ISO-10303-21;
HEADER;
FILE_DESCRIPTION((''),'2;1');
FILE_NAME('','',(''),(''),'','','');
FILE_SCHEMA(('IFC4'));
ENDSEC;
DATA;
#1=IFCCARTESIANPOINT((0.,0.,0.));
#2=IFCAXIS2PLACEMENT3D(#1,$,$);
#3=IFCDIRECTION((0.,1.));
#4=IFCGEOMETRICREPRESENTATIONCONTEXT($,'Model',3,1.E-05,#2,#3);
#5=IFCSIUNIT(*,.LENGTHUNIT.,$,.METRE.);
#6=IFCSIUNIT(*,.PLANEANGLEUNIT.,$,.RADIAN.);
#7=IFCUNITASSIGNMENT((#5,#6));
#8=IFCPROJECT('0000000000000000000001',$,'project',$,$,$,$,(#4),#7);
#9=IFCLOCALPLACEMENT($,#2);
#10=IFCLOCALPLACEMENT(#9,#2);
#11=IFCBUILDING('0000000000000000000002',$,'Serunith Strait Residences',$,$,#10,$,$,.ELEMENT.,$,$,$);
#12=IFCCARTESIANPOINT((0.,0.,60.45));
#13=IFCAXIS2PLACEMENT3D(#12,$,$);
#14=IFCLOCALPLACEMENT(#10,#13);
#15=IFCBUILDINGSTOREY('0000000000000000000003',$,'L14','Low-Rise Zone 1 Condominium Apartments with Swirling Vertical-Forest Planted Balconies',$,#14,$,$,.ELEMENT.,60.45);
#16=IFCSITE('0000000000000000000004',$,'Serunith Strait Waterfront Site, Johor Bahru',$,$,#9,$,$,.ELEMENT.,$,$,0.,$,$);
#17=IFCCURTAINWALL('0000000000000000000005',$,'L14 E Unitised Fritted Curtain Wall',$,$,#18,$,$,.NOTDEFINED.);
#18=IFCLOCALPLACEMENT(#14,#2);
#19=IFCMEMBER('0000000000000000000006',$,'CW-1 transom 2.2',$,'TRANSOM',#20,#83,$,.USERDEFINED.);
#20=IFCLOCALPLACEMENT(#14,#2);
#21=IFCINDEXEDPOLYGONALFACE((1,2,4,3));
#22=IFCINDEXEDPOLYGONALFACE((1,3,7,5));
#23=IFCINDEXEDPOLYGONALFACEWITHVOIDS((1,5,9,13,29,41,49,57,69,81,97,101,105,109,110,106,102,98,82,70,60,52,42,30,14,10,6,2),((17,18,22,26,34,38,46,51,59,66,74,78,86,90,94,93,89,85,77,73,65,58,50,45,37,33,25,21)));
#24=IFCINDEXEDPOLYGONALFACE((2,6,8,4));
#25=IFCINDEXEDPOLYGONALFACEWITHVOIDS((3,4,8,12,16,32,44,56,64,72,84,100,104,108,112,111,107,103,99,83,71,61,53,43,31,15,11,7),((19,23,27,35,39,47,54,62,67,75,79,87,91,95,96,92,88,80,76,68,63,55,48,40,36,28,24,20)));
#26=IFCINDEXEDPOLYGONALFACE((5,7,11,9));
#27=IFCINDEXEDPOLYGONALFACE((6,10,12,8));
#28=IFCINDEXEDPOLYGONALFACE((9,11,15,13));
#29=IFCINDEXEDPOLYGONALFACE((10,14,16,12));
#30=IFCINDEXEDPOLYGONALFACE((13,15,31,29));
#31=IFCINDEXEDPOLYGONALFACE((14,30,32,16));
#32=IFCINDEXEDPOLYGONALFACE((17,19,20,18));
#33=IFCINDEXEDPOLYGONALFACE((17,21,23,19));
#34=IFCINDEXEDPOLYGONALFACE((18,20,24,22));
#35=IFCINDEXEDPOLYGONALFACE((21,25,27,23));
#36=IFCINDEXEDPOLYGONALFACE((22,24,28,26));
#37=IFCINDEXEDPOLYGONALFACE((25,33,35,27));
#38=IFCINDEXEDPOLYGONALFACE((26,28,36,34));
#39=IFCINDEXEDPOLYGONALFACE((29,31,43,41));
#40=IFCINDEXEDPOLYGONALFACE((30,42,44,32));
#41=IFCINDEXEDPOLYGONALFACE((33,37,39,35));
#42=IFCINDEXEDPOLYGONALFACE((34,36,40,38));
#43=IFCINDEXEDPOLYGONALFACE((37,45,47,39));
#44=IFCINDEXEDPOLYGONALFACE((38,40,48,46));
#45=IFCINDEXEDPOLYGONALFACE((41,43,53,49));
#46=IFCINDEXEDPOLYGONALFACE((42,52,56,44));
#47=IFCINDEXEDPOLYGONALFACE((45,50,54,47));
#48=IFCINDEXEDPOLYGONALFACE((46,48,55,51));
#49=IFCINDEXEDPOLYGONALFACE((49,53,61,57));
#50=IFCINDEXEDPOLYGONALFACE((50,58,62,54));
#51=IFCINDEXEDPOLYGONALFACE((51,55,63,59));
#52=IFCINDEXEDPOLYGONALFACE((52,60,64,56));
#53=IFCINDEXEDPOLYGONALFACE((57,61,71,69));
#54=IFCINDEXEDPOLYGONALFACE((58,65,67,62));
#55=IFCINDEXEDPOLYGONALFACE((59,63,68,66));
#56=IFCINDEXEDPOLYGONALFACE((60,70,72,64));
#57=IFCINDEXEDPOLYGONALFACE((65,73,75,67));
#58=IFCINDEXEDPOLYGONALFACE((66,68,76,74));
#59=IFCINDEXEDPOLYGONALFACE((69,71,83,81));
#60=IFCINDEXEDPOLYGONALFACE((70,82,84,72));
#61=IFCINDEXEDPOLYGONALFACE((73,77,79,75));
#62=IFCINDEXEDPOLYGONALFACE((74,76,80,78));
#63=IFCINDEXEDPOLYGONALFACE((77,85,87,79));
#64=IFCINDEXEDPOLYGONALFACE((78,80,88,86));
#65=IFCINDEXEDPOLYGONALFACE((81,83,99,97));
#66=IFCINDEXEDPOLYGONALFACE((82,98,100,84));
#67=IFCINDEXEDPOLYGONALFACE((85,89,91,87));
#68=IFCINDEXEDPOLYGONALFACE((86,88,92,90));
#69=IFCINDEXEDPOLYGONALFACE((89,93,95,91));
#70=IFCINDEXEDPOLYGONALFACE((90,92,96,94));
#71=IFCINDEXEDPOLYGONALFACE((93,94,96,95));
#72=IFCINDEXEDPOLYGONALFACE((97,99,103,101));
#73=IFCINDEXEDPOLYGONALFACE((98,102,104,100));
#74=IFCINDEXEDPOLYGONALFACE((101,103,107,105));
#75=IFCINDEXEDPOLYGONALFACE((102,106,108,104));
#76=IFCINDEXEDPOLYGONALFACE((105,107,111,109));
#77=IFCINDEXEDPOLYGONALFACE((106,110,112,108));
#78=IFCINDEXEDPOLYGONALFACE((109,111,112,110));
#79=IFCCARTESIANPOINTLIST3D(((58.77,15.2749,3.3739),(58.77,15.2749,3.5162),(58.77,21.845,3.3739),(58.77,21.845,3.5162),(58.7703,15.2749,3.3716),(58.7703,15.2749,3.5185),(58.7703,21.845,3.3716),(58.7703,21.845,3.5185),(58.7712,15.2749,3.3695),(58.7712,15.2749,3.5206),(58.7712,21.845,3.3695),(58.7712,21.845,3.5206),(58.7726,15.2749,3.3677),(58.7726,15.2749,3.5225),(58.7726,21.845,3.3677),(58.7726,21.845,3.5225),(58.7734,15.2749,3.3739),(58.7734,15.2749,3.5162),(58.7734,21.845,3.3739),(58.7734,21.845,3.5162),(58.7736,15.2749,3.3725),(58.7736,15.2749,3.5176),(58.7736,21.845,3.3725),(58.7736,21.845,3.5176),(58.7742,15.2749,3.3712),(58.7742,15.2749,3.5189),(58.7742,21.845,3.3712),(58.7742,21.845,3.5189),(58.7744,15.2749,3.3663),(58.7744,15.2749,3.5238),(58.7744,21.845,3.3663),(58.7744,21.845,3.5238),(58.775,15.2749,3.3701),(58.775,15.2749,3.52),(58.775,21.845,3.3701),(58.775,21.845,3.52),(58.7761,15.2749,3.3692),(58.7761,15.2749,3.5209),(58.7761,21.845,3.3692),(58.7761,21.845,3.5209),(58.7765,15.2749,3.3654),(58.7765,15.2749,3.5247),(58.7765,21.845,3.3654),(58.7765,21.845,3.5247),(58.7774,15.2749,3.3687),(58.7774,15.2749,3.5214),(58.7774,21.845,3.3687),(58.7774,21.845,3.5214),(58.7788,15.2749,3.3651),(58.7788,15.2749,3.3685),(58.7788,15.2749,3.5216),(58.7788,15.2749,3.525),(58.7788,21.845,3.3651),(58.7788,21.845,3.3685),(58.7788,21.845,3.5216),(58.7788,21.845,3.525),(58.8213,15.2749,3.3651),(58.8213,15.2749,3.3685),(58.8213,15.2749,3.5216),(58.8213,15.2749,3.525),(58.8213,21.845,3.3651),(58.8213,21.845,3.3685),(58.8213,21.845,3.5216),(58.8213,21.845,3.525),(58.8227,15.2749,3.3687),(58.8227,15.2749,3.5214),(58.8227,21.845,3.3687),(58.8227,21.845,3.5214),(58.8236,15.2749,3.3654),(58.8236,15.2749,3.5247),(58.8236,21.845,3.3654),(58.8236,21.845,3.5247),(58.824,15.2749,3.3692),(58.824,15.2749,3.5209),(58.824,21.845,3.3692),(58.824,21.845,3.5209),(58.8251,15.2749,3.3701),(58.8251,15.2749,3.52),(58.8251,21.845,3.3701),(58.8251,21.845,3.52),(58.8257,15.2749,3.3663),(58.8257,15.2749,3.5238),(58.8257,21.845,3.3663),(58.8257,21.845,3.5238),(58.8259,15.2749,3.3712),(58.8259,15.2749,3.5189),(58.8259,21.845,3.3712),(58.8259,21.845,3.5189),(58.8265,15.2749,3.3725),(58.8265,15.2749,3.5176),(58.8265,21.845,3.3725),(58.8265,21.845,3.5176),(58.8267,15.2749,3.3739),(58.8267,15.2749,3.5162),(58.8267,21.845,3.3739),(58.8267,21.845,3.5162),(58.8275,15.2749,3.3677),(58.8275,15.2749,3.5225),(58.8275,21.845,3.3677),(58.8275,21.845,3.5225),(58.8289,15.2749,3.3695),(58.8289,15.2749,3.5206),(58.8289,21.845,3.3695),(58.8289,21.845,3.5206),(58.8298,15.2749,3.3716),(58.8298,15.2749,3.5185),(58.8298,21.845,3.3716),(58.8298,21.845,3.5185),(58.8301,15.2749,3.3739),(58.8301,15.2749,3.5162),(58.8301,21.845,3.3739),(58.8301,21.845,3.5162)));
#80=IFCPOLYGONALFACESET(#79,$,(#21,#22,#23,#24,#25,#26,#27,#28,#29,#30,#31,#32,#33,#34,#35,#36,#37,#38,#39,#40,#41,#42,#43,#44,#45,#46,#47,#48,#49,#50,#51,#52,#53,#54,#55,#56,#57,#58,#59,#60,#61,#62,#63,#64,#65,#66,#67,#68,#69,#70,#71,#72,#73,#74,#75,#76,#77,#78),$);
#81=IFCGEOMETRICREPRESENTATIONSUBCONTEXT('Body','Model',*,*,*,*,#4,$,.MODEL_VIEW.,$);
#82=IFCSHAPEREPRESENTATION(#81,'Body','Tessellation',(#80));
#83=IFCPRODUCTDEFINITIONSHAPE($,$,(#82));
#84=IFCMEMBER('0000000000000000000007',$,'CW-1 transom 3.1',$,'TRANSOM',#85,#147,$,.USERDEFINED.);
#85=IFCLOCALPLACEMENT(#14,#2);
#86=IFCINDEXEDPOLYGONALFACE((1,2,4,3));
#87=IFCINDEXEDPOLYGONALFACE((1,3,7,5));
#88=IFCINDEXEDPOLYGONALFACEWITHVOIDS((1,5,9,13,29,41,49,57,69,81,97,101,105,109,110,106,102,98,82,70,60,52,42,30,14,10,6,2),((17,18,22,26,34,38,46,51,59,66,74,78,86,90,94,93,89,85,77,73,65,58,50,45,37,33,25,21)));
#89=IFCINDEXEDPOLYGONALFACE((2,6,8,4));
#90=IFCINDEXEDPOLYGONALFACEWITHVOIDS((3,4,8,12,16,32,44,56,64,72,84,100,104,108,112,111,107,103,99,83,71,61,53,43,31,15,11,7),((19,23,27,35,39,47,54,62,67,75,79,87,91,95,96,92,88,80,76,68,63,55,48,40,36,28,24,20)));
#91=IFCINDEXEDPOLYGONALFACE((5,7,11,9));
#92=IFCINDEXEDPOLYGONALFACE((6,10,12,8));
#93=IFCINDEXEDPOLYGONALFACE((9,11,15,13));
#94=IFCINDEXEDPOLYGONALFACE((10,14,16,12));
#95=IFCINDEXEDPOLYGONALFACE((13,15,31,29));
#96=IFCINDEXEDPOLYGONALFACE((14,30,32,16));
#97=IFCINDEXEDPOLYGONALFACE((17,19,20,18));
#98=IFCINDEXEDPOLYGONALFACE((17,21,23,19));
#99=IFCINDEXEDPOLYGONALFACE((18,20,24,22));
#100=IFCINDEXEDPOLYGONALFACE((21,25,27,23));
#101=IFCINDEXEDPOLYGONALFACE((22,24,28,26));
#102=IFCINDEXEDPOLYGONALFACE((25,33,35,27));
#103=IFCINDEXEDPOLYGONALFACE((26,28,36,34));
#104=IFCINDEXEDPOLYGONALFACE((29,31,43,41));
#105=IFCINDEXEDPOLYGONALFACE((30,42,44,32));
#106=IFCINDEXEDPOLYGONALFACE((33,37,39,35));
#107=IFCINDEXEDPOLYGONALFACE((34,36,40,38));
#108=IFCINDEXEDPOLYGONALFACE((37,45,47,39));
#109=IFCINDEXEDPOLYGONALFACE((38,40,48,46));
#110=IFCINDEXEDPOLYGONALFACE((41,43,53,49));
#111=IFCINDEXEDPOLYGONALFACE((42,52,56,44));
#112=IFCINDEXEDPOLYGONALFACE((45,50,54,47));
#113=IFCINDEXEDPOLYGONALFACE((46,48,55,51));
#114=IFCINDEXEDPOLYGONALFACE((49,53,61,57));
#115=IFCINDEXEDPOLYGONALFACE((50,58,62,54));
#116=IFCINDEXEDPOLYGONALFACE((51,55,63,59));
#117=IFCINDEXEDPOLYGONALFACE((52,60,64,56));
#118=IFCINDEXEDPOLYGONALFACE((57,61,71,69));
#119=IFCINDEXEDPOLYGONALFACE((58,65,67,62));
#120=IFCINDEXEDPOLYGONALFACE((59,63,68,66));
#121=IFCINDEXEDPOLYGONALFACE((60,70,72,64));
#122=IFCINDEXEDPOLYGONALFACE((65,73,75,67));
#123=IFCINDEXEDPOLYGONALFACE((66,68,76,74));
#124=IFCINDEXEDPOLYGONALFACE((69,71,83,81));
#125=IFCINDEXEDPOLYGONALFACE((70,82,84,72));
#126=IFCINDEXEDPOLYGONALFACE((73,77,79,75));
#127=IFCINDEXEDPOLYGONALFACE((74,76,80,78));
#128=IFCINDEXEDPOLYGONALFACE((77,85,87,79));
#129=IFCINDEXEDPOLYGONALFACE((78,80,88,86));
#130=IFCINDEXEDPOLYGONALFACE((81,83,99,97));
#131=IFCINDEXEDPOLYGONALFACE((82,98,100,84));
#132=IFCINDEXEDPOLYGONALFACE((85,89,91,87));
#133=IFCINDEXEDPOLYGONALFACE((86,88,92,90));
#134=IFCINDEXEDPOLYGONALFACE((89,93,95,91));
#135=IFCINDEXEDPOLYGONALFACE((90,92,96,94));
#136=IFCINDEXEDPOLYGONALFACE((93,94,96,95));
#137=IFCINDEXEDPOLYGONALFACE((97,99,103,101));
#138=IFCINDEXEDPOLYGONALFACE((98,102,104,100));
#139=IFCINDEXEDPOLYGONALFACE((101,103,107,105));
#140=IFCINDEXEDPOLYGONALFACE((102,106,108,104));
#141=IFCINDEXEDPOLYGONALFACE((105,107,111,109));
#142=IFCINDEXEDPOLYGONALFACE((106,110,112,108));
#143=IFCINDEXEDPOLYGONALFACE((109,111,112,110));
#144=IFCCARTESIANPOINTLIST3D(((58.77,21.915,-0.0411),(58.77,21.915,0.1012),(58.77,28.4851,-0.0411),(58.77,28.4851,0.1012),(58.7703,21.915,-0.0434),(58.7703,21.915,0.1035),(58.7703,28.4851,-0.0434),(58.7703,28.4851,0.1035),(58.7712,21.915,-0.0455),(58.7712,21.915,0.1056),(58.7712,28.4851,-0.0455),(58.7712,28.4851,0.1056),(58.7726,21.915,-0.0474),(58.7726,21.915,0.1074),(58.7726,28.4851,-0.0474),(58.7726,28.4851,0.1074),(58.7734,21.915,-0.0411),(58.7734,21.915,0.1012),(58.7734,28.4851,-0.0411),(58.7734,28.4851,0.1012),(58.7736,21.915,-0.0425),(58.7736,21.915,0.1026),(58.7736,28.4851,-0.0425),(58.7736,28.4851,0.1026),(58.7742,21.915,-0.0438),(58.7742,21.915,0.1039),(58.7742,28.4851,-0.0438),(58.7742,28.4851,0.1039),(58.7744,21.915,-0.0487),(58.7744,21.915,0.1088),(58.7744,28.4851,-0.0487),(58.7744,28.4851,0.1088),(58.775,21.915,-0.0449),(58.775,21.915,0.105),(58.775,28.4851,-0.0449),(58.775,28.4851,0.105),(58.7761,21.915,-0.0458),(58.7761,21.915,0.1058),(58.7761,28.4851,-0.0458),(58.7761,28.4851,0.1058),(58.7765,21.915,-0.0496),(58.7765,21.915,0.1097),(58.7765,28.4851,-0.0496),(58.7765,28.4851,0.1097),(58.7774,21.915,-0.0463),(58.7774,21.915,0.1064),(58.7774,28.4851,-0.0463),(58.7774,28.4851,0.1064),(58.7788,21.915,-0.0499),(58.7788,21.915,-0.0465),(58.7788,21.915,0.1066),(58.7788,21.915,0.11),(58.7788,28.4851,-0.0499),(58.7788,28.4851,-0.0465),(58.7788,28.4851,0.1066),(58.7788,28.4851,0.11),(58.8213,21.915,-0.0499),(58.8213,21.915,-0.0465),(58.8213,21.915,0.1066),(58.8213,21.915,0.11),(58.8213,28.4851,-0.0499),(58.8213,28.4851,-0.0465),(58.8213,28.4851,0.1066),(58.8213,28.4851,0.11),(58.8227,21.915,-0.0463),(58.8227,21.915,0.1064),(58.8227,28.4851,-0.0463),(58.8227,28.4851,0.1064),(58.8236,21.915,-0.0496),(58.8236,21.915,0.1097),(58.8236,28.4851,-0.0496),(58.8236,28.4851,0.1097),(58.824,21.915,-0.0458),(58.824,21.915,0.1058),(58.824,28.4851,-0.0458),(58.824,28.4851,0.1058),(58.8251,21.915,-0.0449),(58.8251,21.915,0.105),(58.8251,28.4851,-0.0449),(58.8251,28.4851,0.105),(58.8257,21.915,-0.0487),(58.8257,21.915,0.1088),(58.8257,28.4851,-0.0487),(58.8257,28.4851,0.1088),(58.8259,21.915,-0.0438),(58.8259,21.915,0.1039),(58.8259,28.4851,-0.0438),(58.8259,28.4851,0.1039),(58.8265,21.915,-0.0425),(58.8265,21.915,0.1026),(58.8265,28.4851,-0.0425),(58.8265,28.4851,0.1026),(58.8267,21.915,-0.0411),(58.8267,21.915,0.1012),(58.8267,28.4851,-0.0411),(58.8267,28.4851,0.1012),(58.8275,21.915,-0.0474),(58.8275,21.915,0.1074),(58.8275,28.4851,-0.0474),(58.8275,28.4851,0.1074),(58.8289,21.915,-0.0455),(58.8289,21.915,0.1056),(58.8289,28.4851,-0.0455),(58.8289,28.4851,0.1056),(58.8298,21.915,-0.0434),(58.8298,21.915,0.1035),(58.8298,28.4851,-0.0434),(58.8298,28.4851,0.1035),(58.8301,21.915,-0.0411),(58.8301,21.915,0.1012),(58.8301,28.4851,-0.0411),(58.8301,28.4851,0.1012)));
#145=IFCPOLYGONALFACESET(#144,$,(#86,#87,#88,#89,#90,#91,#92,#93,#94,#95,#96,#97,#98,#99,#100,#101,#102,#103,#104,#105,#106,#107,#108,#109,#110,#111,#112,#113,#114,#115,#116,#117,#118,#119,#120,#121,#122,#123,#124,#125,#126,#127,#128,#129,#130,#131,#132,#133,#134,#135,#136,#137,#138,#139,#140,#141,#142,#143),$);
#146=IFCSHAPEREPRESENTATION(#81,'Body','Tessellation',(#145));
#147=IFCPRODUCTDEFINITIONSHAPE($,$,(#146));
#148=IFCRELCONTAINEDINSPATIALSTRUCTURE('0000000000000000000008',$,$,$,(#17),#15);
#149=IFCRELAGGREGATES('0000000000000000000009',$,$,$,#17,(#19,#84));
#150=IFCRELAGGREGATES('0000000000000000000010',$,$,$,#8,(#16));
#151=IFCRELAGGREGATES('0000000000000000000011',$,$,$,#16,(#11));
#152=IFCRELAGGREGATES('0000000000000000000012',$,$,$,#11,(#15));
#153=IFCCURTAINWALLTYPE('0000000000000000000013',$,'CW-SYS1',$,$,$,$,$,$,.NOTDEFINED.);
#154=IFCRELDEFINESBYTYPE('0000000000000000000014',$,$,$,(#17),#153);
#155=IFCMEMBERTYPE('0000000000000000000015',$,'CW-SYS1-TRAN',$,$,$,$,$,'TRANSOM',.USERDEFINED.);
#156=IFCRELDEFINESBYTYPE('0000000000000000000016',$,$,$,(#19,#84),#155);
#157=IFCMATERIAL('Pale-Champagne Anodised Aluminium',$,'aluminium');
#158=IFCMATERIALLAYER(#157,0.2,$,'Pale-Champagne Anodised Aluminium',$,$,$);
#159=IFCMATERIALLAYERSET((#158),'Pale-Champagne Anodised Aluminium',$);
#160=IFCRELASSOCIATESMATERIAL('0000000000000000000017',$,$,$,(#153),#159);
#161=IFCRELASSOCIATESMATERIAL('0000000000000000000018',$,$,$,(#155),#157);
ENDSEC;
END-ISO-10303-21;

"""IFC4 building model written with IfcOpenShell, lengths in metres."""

from ifc_helpers import new_model, si_unit, direction, frame, origin, origin_2d, place, context, subcontext, project, spatial, hollow_rectangle, extrude, source, transform, mapped, material, layer, layer_set, material_profile, profile_set, type_object, element, aggregate, save


model = new_model("IFC4")

# Units and contexts
model_context = context("Model", 3, precision=1e-05, world=origin(), true_north=direction((0.0, 1.0)))
body_context = subcontext(model_context, "Body", "Model", "MODEL_VIEW")
ifc_project = project(units=[si_unit("LENGTHUNIT", "METRE"), si_unit("PLANEANGLEUNIT", "RADIAN")], contexts=[model_context])

# Site, building, storey
site_placement = place(None, origin())
site = spatial("IfcSite", under=ifc_project, at=site_placement, Name="Serunith Strait Waterfront Site, Johor Bahru", CompositionType="ELEMENT", RefElevation=0.0)
building_placement = place(site_placement, origin())
building = spatial("IfcBuilding", under=site, at=building_placement, Name="Serunith Strait Residences", CompositionType="ELEMENT")
storey_placement = place(building_placement, frame((0.0, 0.0, 60.45)))
storey = spatial("IfcBuildingStorey", under=building, at=storey_placement, Name="L14", Description="Low-Rise Zone 1 Condominium Apartments with Swirling Vertical-Forest Planted Balconies", CompositionType="ELEMENT", Elevation=60.45)

# Curtain wall, members
ifc_material_1 = material(Name="Pale-Champagne Anodised Aluminium", Category="aluminium")
ifc_layer_1 = layer(ifc_material_1, 0.2, Name="Pale-Champagne Anodised Aluminium")
ifc_layer_set_1 = layer_set([ifc_layer_1], Name="Pale-Champagne Anodised Aluminium")
curtain_wall_type = type_object("IfcCurtainWallType", Name="CW-SYS1", PredefinedType="NOTDEFINED", material=ifc_layer_set_1)
curtain_wall_placement = place(storey_placement, origin())
curtain_wall = element("IfcCurtainWall", 1, at=curtain_wall_placement, inside=storey, type_object=curtain_wall_type, Name="L14 E Unitised Fritted Curtain Wall", PredefinedType="NOTDEFINED")
ifc_material_profile_1 = material_profile(ifc_material_1, hollow_rectangle(XDim=0.0601, YDim=0.1599, WallThickness=0.0034, InnerFilletRadius=0.0054, OuterFilletRadius=0.0088, at=origin_2d()), Name="ALU 160x60x3.5")
ifc_profile_set_1 = profile_set([ifc_material_profile_1], Name="Pale-Champagne Anodised Aluminium")
member_type_1 = type_object("IfcMemberType", Name="CW-SYS1-TRAN", ElementType="TRANSOM", PredefinedType="USERDEFINED", material=ifc_profile_set_1)
shared_shape_1 = source(origin(), body_context, "Body", "SweptSolid", [
    extrude(hollow_rectangle(XDim=0.0601, YDim=0.1599, WallThickness=0.0034, InnerFilletRadius=0.0054, OuterFilletRadius=0.0088, at=origin_2d()), origin(), (0.0, 0.0, 1.0), 6.5701),
])
member_1_placement = place(storey_placement, frame((58.8, 15.2749, 3.4451), z_axis=(0.0, 1.0, 0.0), x_axis=(-1.0, 0.0, 0.0)))
member_1 = element("IfcMember", 2, at=member_1_placement, type_object=member_type_1, Name="CW-1 transom 2.2", ObjectType="TRANSOM", PredefinedType="USERDEFINED", context=body_context, shape_type="MappedRepresentation", body=[
    mapped(shared_shape_1, transform((0.0, 0.0, 0.0), scale=1.0)),
])
member_2_placement = place(storey_placement, frame((58.8, 21.915, 0.03), z_axis=(0.0, 1.0, 0.0), x_axis=(-1.0, 0.0, 0.0)))
member_2 = element("IfcMember", 3, at=member_2_placement, type_object=member_type_1, Name="CW-1 transom 3.1", ObjectType="TRANSOM", PredefinedType="USERDEFINED", context=body_context, shape_type="MappedRepresentation", body=[
    mapped(shared_shape_1, transform((0.0, 0.0, 0.0), scale=1.0)),
])
aggregate(curtain_wall, [member_1, member_2])

save(model, "model.ifc")
